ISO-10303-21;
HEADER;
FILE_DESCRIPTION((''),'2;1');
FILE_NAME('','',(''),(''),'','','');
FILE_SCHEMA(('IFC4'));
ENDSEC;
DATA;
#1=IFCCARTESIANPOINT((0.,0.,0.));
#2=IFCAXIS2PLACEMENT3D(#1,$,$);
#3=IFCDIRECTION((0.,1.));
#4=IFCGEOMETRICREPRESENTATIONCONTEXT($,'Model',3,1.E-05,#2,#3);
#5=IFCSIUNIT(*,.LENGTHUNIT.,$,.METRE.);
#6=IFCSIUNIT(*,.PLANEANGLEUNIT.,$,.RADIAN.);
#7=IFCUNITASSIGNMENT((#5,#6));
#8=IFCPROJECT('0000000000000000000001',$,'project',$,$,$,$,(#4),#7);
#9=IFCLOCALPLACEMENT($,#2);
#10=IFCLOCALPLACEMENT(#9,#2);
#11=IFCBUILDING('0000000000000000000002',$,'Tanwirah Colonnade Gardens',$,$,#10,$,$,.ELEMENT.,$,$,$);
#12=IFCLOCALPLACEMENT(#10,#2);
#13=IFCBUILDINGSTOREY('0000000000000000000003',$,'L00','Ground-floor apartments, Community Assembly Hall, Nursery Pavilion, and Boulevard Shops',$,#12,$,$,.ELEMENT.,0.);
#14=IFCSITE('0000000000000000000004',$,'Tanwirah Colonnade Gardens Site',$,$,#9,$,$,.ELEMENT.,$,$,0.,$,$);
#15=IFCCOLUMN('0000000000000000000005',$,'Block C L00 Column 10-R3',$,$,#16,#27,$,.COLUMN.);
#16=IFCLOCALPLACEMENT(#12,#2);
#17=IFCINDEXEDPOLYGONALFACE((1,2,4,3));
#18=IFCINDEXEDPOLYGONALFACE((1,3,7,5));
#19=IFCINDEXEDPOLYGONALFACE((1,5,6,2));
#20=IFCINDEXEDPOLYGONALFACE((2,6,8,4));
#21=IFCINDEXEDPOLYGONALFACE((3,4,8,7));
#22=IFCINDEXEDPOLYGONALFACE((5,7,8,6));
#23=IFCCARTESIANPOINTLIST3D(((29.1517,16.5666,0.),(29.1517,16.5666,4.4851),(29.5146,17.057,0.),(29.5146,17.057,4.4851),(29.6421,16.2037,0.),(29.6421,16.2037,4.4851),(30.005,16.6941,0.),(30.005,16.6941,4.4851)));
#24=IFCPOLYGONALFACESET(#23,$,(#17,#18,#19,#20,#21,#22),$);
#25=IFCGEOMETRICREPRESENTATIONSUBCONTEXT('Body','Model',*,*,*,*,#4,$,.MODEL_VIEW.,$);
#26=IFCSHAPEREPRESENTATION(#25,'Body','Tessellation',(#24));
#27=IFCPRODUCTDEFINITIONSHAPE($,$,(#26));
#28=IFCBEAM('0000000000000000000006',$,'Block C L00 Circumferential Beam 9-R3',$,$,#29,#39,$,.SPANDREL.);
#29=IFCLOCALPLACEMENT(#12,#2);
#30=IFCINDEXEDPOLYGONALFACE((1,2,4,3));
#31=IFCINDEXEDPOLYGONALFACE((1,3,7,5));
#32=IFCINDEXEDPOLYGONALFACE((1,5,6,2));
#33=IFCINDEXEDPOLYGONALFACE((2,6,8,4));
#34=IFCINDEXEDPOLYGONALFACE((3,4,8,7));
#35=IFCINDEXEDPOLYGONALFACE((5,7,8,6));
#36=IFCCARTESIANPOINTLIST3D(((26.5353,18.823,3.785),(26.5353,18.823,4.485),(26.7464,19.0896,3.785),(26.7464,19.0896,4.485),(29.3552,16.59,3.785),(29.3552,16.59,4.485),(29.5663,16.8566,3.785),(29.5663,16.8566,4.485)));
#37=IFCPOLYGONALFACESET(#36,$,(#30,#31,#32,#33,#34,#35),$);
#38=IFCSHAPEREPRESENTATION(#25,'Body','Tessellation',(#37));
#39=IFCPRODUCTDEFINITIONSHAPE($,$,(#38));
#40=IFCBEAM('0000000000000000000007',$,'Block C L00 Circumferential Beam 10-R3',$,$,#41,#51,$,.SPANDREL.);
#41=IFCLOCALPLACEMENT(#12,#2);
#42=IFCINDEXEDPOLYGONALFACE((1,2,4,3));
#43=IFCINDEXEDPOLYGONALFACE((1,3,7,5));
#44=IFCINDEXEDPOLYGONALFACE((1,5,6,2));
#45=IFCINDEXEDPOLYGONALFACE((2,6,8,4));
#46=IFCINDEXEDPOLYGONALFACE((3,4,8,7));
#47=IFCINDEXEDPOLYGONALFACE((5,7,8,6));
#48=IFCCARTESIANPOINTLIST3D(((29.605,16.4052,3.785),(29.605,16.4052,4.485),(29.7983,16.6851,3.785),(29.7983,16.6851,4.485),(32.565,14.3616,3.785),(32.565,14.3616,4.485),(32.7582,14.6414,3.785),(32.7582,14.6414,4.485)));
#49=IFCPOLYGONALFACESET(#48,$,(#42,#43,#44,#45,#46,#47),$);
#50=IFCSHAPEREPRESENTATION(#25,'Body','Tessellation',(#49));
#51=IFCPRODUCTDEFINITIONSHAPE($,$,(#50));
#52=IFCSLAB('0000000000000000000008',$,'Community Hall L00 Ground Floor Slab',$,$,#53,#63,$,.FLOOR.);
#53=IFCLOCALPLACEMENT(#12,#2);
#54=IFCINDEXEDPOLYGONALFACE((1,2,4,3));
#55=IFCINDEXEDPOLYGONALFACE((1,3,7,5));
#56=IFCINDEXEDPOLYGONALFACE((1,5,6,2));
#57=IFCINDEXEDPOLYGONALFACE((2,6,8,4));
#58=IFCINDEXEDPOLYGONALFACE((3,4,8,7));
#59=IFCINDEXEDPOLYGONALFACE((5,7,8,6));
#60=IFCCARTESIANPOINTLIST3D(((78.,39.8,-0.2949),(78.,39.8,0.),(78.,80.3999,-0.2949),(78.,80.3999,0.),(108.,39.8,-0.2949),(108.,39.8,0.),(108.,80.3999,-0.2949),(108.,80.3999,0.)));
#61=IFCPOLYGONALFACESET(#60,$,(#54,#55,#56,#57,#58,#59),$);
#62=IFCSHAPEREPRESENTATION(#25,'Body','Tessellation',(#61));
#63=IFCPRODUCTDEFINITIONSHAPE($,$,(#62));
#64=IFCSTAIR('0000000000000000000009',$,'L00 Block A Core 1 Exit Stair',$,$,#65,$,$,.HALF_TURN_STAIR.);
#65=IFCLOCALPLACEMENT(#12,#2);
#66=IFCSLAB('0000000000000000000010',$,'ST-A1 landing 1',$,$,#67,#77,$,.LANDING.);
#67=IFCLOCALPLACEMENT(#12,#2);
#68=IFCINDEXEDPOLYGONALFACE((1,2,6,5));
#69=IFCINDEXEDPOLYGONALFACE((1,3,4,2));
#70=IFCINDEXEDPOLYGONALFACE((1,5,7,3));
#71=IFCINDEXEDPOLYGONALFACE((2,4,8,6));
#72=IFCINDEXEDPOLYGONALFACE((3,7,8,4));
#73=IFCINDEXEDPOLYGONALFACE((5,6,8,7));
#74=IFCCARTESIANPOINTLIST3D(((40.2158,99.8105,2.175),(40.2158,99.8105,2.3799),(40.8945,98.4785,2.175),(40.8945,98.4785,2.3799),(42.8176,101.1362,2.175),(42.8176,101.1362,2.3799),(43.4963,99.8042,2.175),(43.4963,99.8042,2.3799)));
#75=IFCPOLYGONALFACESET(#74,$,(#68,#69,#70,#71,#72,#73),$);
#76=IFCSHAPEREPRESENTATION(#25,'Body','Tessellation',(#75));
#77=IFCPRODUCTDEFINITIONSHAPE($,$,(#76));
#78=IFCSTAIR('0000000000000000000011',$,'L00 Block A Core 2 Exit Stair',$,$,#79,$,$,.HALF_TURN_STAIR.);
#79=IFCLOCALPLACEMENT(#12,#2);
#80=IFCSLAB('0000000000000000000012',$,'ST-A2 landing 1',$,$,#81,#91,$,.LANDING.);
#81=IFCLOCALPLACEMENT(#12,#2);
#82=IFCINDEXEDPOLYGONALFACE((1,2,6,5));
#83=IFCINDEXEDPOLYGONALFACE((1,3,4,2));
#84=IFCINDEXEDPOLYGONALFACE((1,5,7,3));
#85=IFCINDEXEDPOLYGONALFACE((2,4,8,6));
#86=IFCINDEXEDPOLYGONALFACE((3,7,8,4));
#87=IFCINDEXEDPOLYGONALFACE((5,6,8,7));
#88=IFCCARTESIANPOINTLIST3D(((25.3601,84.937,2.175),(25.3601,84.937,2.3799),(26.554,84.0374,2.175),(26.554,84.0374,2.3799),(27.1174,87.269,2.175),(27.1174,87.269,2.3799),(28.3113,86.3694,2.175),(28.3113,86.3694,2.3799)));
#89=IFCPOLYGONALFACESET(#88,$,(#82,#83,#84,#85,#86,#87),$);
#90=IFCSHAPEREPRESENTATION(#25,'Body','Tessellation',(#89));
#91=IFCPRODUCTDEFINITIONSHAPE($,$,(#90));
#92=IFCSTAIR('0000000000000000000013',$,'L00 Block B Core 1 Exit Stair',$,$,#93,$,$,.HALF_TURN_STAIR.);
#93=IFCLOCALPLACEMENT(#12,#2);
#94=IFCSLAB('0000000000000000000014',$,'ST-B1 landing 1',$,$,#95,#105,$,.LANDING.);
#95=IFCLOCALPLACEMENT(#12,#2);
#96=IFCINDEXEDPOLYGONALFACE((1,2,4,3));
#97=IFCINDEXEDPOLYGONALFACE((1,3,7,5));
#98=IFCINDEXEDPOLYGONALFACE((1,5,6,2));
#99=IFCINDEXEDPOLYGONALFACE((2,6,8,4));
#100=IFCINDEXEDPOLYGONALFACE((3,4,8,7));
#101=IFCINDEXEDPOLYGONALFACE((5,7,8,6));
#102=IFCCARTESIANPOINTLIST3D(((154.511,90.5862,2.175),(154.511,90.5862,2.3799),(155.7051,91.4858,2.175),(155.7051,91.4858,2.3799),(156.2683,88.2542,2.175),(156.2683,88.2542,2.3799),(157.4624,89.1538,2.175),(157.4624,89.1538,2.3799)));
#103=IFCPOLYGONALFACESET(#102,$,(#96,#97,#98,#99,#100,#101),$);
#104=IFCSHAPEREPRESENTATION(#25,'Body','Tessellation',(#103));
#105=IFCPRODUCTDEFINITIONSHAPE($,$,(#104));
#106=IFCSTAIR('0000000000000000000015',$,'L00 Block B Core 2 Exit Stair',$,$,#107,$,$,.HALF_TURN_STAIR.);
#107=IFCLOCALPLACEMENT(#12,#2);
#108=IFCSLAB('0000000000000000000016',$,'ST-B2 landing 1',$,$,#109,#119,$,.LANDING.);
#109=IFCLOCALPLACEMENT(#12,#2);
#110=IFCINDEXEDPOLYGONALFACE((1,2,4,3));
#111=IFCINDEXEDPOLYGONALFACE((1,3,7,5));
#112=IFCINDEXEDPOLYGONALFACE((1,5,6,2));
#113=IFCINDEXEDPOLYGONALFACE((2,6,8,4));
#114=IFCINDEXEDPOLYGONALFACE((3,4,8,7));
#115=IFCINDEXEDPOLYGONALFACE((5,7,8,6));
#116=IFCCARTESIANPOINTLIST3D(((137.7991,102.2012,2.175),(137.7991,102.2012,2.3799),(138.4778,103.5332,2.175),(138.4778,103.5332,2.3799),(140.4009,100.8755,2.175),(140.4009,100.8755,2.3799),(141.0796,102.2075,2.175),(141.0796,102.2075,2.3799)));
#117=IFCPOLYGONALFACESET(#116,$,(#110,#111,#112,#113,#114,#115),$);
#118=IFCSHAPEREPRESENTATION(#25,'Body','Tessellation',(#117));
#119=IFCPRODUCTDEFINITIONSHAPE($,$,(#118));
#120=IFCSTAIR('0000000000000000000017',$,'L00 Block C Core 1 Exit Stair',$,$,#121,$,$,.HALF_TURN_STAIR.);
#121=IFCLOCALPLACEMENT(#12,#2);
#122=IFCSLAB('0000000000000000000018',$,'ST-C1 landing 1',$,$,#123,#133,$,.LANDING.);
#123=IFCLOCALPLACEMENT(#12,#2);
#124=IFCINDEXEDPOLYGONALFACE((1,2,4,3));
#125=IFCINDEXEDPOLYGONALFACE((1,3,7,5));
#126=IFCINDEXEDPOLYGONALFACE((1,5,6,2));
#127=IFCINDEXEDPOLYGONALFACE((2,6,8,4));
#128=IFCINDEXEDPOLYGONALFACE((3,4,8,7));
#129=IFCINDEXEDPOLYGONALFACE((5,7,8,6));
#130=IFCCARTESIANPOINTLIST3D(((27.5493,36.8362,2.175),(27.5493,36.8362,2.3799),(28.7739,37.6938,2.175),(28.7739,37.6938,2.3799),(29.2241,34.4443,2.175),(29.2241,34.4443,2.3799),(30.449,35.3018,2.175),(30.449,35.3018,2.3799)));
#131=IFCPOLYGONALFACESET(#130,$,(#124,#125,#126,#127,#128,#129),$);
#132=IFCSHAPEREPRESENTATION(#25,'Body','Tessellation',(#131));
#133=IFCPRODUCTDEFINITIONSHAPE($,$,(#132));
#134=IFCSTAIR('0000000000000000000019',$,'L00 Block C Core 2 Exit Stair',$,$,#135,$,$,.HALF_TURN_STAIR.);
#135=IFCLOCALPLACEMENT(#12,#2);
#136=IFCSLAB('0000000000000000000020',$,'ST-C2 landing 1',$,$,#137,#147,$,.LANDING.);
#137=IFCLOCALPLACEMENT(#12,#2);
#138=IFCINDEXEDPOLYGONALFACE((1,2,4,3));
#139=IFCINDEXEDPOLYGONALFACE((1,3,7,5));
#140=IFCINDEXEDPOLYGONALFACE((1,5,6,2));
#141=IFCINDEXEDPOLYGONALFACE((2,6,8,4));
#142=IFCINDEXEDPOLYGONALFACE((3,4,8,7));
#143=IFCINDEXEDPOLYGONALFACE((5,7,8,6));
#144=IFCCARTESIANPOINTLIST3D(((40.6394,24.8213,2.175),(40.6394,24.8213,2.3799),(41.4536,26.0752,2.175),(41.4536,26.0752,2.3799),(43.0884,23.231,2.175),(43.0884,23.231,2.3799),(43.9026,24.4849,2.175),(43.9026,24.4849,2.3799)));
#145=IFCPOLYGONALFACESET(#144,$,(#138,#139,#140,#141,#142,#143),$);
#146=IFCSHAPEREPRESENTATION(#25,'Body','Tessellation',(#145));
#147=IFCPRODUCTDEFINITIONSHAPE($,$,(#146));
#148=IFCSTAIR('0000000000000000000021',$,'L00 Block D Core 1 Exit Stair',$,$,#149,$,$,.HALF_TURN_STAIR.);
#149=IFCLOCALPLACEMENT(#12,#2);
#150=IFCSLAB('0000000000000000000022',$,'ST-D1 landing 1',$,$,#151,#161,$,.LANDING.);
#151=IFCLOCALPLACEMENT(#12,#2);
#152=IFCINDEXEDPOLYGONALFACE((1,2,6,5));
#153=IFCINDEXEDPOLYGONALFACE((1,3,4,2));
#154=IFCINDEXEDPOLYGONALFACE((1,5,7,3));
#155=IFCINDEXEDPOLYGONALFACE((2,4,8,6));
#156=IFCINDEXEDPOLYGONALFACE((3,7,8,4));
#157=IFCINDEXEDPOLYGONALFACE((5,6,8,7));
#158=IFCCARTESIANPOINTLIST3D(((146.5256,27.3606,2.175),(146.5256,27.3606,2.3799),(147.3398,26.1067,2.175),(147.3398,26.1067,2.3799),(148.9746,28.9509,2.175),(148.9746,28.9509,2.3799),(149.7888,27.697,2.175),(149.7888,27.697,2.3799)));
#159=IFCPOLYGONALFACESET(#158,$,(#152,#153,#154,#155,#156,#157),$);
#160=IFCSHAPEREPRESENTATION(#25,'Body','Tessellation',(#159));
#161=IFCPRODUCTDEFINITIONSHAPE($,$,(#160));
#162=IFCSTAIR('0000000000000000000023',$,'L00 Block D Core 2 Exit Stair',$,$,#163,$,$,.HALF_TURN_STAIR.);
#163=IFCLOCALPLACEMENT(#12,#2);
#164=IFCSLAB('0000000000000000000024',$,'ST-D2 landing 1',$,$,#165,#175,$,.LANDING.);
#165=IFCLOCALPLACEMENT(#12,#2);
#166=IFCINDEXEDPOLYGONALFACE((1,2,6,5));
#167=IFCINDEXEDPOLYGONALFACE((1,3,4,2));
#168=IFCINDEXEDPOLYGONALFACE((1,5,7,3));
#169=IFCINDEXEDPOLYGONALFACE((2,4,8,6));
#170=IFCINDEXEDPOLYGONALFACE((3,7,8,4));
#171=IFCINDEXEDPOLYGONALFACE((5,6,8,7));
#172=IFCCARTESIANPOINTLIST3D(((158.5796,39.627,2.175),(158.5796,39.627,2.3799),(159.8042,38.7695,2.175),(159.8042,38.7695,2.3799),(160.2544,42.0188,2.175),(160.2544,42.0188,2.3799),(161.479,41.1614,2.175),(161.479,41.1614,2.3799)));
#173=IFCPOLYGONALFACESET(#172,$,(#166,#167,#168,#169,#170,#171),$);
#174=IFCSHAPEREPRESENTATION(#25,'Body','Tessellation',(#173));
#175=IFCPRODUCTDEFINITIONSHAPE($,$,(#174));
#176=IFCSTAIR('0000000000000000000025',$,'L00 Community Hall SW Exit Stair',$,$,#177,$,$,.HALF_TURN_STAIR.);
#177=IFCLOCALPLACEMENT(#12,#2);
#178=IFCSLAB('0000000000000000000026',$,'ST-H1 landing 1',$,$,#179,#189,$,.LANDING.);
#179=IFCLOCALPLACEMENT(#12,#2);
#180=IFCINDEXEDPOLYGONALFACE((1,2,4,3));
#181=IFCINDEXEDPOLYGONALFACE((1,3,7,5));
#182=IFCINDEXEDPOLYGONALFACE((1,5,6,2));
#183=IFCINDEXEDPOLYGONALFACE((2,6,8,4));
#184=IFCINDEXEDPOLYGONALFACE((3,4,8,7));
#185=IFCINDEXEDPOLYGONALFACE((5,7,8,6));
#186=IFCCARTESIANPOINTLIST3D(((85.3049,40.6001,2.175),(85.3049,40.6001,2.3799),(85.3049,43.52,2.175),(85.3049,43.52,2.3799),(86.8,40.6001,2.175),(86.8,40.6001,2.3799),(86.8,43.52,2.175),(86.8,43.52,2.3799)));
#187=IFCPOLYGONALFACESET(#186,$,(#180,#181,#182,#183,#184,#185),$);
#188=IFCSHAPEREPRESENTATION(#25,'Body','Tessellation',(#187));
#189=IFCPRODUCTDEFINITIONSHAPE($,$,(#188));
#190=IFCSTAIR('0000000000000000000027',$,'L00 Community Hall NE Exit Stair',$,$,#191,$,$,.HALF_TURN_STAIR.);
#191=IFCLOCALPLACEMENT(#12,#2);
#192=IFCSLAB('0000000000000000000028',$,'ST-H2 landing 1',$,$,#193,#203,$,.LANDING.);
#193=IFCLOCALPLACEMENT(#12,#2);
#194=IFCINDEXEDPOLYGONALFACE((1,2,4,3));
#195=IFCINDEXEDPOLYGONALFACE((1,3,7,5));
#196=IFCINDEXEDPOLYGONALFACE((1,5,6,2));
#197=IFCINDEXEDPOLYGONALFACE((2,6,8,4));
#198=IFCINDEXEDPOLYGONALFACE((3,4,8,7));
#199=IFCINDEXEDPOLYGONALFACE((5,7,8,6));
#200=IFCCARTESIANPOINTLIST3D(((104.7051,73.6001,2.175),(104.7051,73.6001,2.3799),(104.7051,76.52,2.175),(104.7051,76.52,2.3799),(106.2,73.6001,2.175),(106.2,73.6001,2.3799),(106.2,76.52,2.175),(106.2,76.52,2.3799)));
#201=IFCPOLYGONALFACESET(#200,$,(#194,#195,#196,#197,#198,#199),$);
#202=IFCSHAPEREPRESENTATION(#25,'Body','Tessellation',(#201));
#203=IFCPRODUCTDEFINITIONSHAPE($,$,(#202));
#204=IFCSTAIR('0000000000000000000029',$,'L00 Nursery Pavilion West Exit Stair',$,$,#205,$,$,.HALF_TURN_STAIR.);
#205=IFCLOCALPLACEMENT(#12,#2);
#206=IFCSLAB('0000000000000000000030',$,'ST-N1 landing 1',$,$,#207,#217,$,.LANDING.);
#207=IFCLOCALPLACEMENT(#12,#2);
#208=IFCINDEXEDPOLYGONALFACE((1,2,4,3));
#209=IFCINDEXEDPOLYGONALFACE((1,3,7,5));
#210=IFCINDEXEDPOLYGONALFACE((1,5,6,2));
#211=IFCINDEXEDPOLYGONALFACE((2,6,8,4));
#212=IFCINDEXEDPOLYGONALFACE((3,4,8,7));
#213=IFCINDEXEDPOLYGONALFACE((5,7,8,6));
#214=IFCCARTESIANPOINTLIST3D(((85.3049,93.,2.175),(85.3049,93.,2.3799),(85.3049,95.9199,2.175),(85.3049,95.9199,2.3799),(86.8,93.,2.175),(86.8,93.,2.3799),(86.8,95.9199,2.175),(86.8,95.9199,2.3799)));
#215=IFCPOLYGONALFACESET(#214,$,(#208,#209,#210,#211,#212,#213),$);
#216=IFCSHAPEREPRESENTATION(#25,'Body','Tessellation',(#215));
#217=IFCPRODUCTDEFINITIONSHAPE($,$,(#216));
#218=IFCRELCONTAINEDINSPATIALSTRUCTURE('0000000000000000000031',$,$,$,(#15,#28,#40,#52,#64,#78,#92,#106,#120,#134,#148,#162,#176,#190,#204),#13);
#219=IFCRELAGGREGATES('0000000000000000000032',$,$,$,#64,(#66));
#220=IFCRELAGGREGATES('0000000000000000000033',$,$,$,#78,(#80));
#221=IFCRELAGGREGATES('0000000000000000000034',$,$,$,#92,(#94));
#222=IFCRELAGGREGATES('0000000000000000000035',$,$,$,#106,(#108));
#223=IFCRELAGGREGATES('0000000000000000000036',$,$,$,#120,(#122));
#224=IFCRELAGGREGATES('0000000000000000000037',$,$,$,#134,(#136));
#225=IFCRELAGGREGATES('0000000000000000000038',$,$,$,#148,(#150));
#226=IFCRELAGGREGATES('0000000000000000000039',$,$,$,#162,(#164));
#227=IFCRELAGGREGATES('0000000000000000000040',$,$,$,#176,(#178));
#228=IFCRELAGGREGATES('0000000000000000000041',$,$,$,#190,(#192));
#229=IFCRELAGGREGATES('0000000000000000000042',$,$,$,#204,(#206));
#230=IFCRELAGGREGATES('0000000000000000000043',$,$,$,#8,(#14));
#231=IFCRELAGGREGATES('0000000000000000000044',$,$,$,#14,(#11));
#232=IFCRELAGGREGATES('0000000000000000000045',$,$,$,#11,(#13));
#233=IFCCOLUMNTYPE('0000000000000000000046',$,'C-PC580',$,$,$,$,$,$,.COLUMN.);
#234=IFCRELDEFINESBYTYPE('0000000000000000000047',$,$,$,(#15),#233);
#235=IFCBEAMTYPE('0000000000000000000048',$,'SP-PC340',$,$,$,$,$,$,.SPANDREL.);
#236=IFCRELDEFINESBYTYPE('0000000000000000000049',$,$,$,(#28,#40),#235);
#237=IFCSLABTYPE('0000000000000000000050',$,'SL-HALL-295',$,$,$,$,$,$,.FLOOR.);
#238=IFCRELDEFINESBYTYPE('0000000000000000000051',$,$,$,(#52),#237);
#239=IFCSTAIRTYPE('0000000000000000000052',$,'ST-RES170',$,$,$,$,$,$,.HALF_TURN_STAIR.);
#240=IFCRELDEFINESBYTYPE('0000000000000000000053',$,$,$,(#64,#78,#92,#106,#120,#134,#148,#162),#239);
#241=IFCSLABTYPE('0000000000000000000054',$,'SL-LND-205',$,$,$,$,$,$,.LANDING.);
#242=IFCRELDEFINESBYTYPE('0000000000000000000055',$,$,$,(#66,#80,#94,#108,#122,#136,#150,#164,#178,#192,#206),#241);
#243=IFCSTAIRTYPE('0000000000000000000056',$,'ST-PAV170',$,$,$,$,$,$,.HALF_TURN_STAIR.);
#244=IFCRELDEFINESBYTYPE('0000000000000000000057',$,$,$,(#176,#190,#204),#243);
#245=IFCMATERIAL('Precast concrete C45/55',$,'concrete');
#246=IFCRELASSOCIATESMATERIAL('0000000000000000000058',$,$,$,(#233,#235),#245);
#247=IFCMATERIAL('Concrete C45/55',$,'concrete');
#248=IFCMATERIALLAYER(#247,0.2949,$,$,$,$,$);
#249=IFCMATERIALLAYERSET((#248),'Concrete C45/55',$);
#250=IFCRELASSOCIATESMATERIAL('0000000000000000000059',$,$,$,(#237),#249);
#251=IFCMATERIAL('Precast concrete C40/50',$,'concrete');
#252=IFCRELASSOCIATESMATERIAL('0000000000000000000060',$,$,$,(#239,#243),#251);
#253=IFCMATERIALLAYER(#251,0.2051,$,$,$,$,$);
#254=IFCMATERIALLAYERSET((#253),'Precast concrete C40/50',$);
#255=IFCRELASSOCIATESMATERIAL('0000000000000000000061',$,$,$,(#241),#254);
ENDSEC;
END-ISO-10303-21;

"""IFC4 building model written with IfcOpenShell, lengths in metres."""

from ifc_helpers import new_model, si_unit, direction, frame, origin, origin_2d, place, context, subcontext, project, spatial, polyline, rectangle, outline, extrude, material, layer, layer_set, material_profile, profile_set, type_object, element, aggregate, save


model = new_model("IFC4")

# Units and contexts
model_context = context("Model", 3, precision=1e-05, world=origin(), true_north=direction((0.0, 1.0)))
body_context = subcontext(model_context, "Body", "Model", "MODEL_VIEW")
ifc_project = project(units=[si_unit("LENGTHUNIT", "METRE"), si_unit("PLANEANGLEUNIT", "RADIAN")], contexts=[model_context])

# Site, building, storey
site_placement = place(None, origin())
site = spatial("IfcSite", under=ifc_project, at=site_placement, Name="Tanwirah Colonnade Gardens Site", CompositionType="ELEMENT", RefElevation=0.0)
building_placement = place(site_placement, origin())
building = spatial("IfcBuilding", under=site, at=building_placement, Name="Tanwirah Colonnade Gardens", CompositionType="ELEMENT")
storey_placement = place(building_placement, origin())
storey = spatial("IfcBuildingStorey", under=building, at=storey_placement, Name="L00", Description="Ground-floor apartments, Community Assembly Hall, Nursery Pavilion, and Boulevard Shops", CompositionType="ELEMENT", Elevation=0.0)

# Column
ifc_material_1 = material(Name="Precast concrete C45/55", Category="concrete")
ifc_material_profile_1 = material_profile(ifc_material_1, rectangle(XDim=0.6101, YDim=0.6101, at=origin_2d()), Name="PC-COL 610x610")
ifc_profile_set_1 = profile_set([ifc_material_profile_1], Name="Precast concrete C45/55")
column_type = type_object("IfcColumnType", Name="C-PC580", PredefinedType="COLUMN", material=ifc_profile_set_1)
column_placement = place(storey_placement, frame((29.5784, 16.6304, 0.0), z_axis=(0.0, 0.0, 1.0), x_axis=(-0.594823, -0.803857, 0.0)))
element("IfcColumn", 1, at=column_placement, inside=storey, type_object=column_type, Name="Block C L00 Column 10-R3", PredefinedType="COLUMN", context=body_context, shape_type="SweptSolid", body=[
    extrude(rectangle(XDim=0.6101, YDim=0.6101, at=origin_2d()), origin(), (0.0, 0.0, 1.0), 4.4851),
])

# Beams
ifc_material_profile_2 = material_profile(ifc_material_1, rectangle(XDim=0.3401, YDim=0.7, at=origin_2d()), Name="PC-SP 340x700")
ifc_profile_set_2 = profile_set([ifc_material_profile_2], Name="Precast concrete C45/55")
beam_type = type_object("IfcBeamType", Name="SP-PC340", PredefinedType="SPANDREL", material=ifc_profile_set_2)
for number, where, z_axis, x_axis, name in (
    (2, (26.6409, 18.9563, 4.135), (0.783971, -0.620797, 0.0), (0.620797, 0.783971, 0.0), "Block C L00 Circumferential Beam 9-R3"),
    (3, (29.7017, 16.5452, 4.135), (0.822907, -0.568175, 0.0), (0.568175, 0.822907, 0.0), "Block C L00 Circumferential Beam 10-R3"),
):
    element("IfcBeam", number, at=place(storey_placement, frame(where, z_axis=z_axis, x_axis=x_axis)), inside=storey, type_object=beam_type, Name=name, PredefinedType="SPANDREL", context=body_context, shape_type="SweptSolid", body=[
        extrude(rectangle(XDim=0.3401, YDim=0.7, at=origin_2d()), origin(), (0.0, 0.0, 1.0), 3.5969),
    ])

# Slab
ifc_material_2 = material(Name="Precast concrete C40/50", Category="concrete")
ifc_material_3 = material(Name="Concrete C45/55", Category="concrete")
ifc_layer_1 = layer(ifc_material_3, 0.2949)
ifc_layer_set_1 = layer_set([ifc_layer_1], Name="Concrete C45/55")
slab_type_1 = type_object("IfcSlabType", Name="SL-HALL-295", PredefinedType="FLOOR", material=ifc_layer_set_1)
slab_1_placement = place(storey_placement, frame((0.0, 0.0, -0.2949)))
element("IfcSlab", 4, at=slab_1_placement, inside=storey, type_object=slab_type_1, Name="Community Hall L00 Ground Floor Slab", PredefinedType="FLOOR", context=body_context, shape_type="SweptSolid", body=[
    extrude(outline(polyline([(108.0, 39.8), (108.0, 80.3999), (78.0, 80.3999), (78.0, 39.8), (108.0, 39.8)])), origin(), (0.0, 0.0, 1.0), 0.2949),
])

# Stairs, slabs
stair_type_1 = type_object("IfcStairType", Name="ST-RES170", PredefinedType="HALF_TURN_STAIR", material=ifc_material_2)
stair_1_placement = place(storey_placement, origin())
stair_1 = element("IfcStair", 5, at=stair_1_placement, inside=storey, type_object=stair_type_1, Name="L00 Block A Core 1 Exit Stair", PredefinedType="HALF_TURN_STAIR")
ifc_layer_2 = layer(ifc_material_2, 0.2051)
ifc_layer_set_2 = layer_set([ifc_layer_2], Name="Precast concrete C40/50")
slab_type_2 = type_object("IfcSlabType", Name="SL-LND-205", PredefinedType="LANDING", material=ifc_layer_set_2)
slab_2_placement = place(storey_placement, frame((0.0, 0.0, 2.175)))
slab_2 = element("IfcSlab", 6, at=slab_2_placement, type_object=slab_type_2, Name="ST-A1 landing 1", PredefinedType="LANDING", context=body_context, shape_type="SweptSolid", body=[
    extrude(outline(polyline([(40.2158, 99.8105), (40.8945, 98.4785), (43.4963, 99.8042), (42.8176, 101.1362), (40.2158, 99.8105)])), origin(), (0.0, 0.0, 1.0), 0.2048),
])
aggregate(stair_1, [slab_2])
stair_2_placement = place(storey_placement, origin())
stair_2 = element("IfcStair", 7, at=stair_2_placement, inside=storey, type_object=stair_type_1, Name="L00 Block A Core 2 Exit Stair", PredefinedType="HALF_TURN_STAIR")
slab_3_placement = place(storey_placement, frame((0.0, 0.0, 2.175)))
slab_3 = element("IfcSlab", 8, at=slab_3_placement, type_object=slab_type_2, Name="ST-A2 landing 1", PredefinedType="LANDING", context=body_context, shape_type="SweptSolid", body=[
    extrude(outline(polyline([(25.3601, 84.937), (26.554, 84.0374), (28.3113, 86.3694), (27.1174, 87.269), (25.3601, 84.937)])), origin(), (0.0, 0.0, 1.0), 0.2048),
])
aggregate(stair_2, [slab_3])
stair_3_placement = place(storey_placement, origin())
stair_3 = element("IfcStair", 9, at=stair_3_placement, inside=storey, type_object=stair_type_1, Name="L00 Block B Core 1 Exit Stair", PredefinedType="HALF_TURN_STAIR")
slab_4_placement = place(storey_placement, frame((0.0, 0.0, 2.175)))
slab_4 = element("IfcSlab", 10, at=slab_4_placement, type_object=slab_type_2, Name="ST-B1 landing 1", PredefinedType="LANDING", context=body_context, shape_type="SweptSolid", body=[
    extrude(outline(polyline([(155.7051, 91.4858), (154.511, 90.5862), (156.2683, 88.2542), (157.4624, 89.1538), (155.7051, 91.4858)])), origin(), (0.0, 0.0, 1.0), 0.2048),
])
aggregate(stair_3, [slab_4])
stair_4_placement = place(storey_placement, origin())
stair_4 = element("IfcStair", 11, at=stair_4_placement, inside=storey, type_object=stair_type_1, Name="L00 Block B Core 2 Exit Stair", PredefinedType="HALF_TURN_STAIR")
slab_5_placement = place(storey_placement, frame((0.0, 0.0, 2.175)))
slab_5 = element("IfcSlab", 12, at=slab_5_placement, type_object=slab_type_2, Name="ST-B2 landing 1", PredefinedType="LANDING", context=body_context, shape_type="SweptSolid", body=[
    extrude(outline(polyline([(138.4778, 103.5332), (137.7991, 102.2012), (140.4009, 100.8755), (141.0796, 102.2075), (138.4778, 103.5332)])), origin(), (0.0, 0.0, 1.0), 0.2048),
])
aggregate(stair_4, [slab_5])
stair_5_placement = place(storey_placement, origin())
stair_5 = element("IfcStair", 13, at=stair_5_placement, inside=storey, type_object=stair_type_1, Name="L00 Block C Core 1 Exit Stair", PredefinedType="HALF_TURN_STAIR")
slab_6_placement = place(storey_placement, frame((0.0, 0.0, 2.175)))
slab_6 = element("IfcSlab", 14, at=slab_6_placement, type_object=slab_type_2, Name="ST-C1 landing 1", PredefinedType="LANDING", context=body_context, shape_type="SweptSolid", body=[
    extrude(outline(polyline([(29.2241, 34.4443), (30.449, 35.3018), (28.7739, 37.6938), (27.5493, 36.8362), (29.2241, 34.4443)])), origin(), (0.0, 0.0, 1.0), 0.2048),
])
aggregate(stair_5, [slab_6])
stair_6_placement = place(storey_placement, origin())
stair_6 = element("IfcStair", 15, at=stair_6_placement, inside=storey, type_object=stair_type_1, Name="L00 Block C Core 2 Exit Stair", PredefinedType="HALF_TURN_STAIR")
slab_7_placement = place(storey_placement, frame((0.0, 0.0, 2.175)))
slab_7 = element("IfcSlab", 16, at=slab_7_placement, type_object=slab_type_2, Name="ST-C2 landing 1", PredefinedType="LANDING", context=body_context, shape_type="SweptSolid", body=[
    extrude(outline(polyline([(43.0884, 23.231), (43.9026, 24.4849), (41.4536, 26.0752), (40.6394, 24.8213), (43.0884, 23.231)])), origin(), (0.0, 0.0, 1.0), 0.2048),
])
aggregate(stair_6, [slab_7])
stair_7_placement = place(storey_placement, origin())
stair_7 = element("IfcStair", 17, at=stair_7_placement, inside=storey, type_object=stair_type_1, Name="L00 Block D Core 1 Exit Stair", PredefinedType="HALF_TURN_STAIR")
slab_8_placement = place(storey_placement, frame((0.0, 0.0, 2.175)))
slab_8 = element("IfcSlab", 18, at=slab_8_placement, type_object=slab_type_2, Name="ST-D1 landing 1", PredefinedType="LANDING", context=body_context, shape_type="SweptSolid", body=[
    extrude(outline(polyline([(149.7888, 27.697), (148.9746, 28.9509), (146.5256, 27.3606), (147.3398, 26.1067), (149.7888, 27.697)])), origin(), (0.0, 0.0, 1.0), 0.2048),
])
aggregate(stair_7, [slab_8])
stair_8_placement = place(storey_placement, origin())
stair_8 = element("IfcStair", 19, at=stair_8_placement, inside=storey, type_object=stair_type_1, Name="L00 Block D Core 2 Exit Stair", PredefinedType="HALF_TURN_STAIR")
slab_9_placement = place(storey_placement, frame((0.0, 0.0, 2.175)))
slab_9 = element("IfcSlab", 20, at=slab_9_placement, type_object=slab_type_2, Name="ST-D2 landing 1", PredefinedType="LANDING", context=body_context, shape_type="SweptSolid", body=[
    extrude(outline(polyline([(161.479, 41.1614), (160.2544, 42.0188), (158.5796, 39.627), (159.8042, 38.7695), (161.479, 41.1614)])), origin(), (0.0, 0.0, 1.0), 0.2048),
])
aggregate(stair_8, [slab_9])
stair_type_2 = type_object("IfcStairType", Name="ST-PAV170", PredefinedType="HALF_TURN_STAIR", material=ifc_material_2)
stair_9_placement = place(storey_placement, origin())
stair_9 = element("IfcStair", 21, at=stair_9_placement, inside=storey, type_object=stair_type_2, Name="L00 Community Hall SW Exit Stair", PredefinedType="HALF_TURN_STAIR")
slab_10_placement = place(storey_placement, frame((0.0, 0.0, 2.175)))
slab_10 = element("IfcSlab", 22, at=slab_10_placement, type_object=slab_type_2, Name="ST-H1 landing 1", PredefinedType="LANDING", context=body_context, shape_type="SweptSolid", body=[
    extrude(outline(polyline([(85.3049, 40.6001), (86.8, 40.6001), (86.8, 43.52), (85.3049, 43.52), (85.3049, 40.6001)])), origin(), (0.0, 0.0, 1.0), 0.2048),
])
aggregate(stair_9, [slab_10])
stair_10_placement = place(storey_placement, origin())
stair_10 = element("IfcStair", 23, at=stair_10_placement, inside=storey, type_object=stair_type_2, Name="L00 Community Hall NE Exit Stair", PredefinedType="HALF_TURN_STAIR")
slab_11_placement = place(storey_placement, frame((0.0, 0.0, 2.175)))
slab_11 = element("IfcSlab", 24, at=slab_11_placement, type_object=slab_type_2, Name="ST-H2 landing 1", PredefinedType="LANDING", context=body_context, shape_type="SweptSolid", body=[
    extrude(outline(polyline([(104.7051, 73.6001), (106.2, 73.6001), (106.2, 76.52), (104.7051, 76.52), (104.7051, 73.6001)])), origin(), (0.0, 0.0, 1.0), 0.2048),
])
aggregate(stair_10, [slab_11])
stair_11_placement = place(storey_placement, origin())
stair_11 = element("IfcStair", 25, at=stair_11_placement, inside=storey, type_object=stair_type_2, Name="L00 Nursery Pavilion West Exit Stair", PredefinedType="HALF_TURN_STAIR")
slab_12_placement = place(storey_placement, frame((0.0, 0.0, 2.175)))
slab_12 = element("IfcSlab", 26, at=slab_12_placement, type_object=slab_type_2, Name="ST-N1 landing 1", PredefinedType="LANDING", context=body_context, shape_type="SweptSolid", body=[
    extrude(outline(polyline([(85.3049, 93.0), (86.8, 93.0), (86.8, 95.9199), (85.3049, 95.9199), (85.3049, 93.0)])), origin(), (0.0, 0.0, 1.0), 0.2048),
])
aggregate(stair_11, [slab_12])

save(model, "model.ifc")
